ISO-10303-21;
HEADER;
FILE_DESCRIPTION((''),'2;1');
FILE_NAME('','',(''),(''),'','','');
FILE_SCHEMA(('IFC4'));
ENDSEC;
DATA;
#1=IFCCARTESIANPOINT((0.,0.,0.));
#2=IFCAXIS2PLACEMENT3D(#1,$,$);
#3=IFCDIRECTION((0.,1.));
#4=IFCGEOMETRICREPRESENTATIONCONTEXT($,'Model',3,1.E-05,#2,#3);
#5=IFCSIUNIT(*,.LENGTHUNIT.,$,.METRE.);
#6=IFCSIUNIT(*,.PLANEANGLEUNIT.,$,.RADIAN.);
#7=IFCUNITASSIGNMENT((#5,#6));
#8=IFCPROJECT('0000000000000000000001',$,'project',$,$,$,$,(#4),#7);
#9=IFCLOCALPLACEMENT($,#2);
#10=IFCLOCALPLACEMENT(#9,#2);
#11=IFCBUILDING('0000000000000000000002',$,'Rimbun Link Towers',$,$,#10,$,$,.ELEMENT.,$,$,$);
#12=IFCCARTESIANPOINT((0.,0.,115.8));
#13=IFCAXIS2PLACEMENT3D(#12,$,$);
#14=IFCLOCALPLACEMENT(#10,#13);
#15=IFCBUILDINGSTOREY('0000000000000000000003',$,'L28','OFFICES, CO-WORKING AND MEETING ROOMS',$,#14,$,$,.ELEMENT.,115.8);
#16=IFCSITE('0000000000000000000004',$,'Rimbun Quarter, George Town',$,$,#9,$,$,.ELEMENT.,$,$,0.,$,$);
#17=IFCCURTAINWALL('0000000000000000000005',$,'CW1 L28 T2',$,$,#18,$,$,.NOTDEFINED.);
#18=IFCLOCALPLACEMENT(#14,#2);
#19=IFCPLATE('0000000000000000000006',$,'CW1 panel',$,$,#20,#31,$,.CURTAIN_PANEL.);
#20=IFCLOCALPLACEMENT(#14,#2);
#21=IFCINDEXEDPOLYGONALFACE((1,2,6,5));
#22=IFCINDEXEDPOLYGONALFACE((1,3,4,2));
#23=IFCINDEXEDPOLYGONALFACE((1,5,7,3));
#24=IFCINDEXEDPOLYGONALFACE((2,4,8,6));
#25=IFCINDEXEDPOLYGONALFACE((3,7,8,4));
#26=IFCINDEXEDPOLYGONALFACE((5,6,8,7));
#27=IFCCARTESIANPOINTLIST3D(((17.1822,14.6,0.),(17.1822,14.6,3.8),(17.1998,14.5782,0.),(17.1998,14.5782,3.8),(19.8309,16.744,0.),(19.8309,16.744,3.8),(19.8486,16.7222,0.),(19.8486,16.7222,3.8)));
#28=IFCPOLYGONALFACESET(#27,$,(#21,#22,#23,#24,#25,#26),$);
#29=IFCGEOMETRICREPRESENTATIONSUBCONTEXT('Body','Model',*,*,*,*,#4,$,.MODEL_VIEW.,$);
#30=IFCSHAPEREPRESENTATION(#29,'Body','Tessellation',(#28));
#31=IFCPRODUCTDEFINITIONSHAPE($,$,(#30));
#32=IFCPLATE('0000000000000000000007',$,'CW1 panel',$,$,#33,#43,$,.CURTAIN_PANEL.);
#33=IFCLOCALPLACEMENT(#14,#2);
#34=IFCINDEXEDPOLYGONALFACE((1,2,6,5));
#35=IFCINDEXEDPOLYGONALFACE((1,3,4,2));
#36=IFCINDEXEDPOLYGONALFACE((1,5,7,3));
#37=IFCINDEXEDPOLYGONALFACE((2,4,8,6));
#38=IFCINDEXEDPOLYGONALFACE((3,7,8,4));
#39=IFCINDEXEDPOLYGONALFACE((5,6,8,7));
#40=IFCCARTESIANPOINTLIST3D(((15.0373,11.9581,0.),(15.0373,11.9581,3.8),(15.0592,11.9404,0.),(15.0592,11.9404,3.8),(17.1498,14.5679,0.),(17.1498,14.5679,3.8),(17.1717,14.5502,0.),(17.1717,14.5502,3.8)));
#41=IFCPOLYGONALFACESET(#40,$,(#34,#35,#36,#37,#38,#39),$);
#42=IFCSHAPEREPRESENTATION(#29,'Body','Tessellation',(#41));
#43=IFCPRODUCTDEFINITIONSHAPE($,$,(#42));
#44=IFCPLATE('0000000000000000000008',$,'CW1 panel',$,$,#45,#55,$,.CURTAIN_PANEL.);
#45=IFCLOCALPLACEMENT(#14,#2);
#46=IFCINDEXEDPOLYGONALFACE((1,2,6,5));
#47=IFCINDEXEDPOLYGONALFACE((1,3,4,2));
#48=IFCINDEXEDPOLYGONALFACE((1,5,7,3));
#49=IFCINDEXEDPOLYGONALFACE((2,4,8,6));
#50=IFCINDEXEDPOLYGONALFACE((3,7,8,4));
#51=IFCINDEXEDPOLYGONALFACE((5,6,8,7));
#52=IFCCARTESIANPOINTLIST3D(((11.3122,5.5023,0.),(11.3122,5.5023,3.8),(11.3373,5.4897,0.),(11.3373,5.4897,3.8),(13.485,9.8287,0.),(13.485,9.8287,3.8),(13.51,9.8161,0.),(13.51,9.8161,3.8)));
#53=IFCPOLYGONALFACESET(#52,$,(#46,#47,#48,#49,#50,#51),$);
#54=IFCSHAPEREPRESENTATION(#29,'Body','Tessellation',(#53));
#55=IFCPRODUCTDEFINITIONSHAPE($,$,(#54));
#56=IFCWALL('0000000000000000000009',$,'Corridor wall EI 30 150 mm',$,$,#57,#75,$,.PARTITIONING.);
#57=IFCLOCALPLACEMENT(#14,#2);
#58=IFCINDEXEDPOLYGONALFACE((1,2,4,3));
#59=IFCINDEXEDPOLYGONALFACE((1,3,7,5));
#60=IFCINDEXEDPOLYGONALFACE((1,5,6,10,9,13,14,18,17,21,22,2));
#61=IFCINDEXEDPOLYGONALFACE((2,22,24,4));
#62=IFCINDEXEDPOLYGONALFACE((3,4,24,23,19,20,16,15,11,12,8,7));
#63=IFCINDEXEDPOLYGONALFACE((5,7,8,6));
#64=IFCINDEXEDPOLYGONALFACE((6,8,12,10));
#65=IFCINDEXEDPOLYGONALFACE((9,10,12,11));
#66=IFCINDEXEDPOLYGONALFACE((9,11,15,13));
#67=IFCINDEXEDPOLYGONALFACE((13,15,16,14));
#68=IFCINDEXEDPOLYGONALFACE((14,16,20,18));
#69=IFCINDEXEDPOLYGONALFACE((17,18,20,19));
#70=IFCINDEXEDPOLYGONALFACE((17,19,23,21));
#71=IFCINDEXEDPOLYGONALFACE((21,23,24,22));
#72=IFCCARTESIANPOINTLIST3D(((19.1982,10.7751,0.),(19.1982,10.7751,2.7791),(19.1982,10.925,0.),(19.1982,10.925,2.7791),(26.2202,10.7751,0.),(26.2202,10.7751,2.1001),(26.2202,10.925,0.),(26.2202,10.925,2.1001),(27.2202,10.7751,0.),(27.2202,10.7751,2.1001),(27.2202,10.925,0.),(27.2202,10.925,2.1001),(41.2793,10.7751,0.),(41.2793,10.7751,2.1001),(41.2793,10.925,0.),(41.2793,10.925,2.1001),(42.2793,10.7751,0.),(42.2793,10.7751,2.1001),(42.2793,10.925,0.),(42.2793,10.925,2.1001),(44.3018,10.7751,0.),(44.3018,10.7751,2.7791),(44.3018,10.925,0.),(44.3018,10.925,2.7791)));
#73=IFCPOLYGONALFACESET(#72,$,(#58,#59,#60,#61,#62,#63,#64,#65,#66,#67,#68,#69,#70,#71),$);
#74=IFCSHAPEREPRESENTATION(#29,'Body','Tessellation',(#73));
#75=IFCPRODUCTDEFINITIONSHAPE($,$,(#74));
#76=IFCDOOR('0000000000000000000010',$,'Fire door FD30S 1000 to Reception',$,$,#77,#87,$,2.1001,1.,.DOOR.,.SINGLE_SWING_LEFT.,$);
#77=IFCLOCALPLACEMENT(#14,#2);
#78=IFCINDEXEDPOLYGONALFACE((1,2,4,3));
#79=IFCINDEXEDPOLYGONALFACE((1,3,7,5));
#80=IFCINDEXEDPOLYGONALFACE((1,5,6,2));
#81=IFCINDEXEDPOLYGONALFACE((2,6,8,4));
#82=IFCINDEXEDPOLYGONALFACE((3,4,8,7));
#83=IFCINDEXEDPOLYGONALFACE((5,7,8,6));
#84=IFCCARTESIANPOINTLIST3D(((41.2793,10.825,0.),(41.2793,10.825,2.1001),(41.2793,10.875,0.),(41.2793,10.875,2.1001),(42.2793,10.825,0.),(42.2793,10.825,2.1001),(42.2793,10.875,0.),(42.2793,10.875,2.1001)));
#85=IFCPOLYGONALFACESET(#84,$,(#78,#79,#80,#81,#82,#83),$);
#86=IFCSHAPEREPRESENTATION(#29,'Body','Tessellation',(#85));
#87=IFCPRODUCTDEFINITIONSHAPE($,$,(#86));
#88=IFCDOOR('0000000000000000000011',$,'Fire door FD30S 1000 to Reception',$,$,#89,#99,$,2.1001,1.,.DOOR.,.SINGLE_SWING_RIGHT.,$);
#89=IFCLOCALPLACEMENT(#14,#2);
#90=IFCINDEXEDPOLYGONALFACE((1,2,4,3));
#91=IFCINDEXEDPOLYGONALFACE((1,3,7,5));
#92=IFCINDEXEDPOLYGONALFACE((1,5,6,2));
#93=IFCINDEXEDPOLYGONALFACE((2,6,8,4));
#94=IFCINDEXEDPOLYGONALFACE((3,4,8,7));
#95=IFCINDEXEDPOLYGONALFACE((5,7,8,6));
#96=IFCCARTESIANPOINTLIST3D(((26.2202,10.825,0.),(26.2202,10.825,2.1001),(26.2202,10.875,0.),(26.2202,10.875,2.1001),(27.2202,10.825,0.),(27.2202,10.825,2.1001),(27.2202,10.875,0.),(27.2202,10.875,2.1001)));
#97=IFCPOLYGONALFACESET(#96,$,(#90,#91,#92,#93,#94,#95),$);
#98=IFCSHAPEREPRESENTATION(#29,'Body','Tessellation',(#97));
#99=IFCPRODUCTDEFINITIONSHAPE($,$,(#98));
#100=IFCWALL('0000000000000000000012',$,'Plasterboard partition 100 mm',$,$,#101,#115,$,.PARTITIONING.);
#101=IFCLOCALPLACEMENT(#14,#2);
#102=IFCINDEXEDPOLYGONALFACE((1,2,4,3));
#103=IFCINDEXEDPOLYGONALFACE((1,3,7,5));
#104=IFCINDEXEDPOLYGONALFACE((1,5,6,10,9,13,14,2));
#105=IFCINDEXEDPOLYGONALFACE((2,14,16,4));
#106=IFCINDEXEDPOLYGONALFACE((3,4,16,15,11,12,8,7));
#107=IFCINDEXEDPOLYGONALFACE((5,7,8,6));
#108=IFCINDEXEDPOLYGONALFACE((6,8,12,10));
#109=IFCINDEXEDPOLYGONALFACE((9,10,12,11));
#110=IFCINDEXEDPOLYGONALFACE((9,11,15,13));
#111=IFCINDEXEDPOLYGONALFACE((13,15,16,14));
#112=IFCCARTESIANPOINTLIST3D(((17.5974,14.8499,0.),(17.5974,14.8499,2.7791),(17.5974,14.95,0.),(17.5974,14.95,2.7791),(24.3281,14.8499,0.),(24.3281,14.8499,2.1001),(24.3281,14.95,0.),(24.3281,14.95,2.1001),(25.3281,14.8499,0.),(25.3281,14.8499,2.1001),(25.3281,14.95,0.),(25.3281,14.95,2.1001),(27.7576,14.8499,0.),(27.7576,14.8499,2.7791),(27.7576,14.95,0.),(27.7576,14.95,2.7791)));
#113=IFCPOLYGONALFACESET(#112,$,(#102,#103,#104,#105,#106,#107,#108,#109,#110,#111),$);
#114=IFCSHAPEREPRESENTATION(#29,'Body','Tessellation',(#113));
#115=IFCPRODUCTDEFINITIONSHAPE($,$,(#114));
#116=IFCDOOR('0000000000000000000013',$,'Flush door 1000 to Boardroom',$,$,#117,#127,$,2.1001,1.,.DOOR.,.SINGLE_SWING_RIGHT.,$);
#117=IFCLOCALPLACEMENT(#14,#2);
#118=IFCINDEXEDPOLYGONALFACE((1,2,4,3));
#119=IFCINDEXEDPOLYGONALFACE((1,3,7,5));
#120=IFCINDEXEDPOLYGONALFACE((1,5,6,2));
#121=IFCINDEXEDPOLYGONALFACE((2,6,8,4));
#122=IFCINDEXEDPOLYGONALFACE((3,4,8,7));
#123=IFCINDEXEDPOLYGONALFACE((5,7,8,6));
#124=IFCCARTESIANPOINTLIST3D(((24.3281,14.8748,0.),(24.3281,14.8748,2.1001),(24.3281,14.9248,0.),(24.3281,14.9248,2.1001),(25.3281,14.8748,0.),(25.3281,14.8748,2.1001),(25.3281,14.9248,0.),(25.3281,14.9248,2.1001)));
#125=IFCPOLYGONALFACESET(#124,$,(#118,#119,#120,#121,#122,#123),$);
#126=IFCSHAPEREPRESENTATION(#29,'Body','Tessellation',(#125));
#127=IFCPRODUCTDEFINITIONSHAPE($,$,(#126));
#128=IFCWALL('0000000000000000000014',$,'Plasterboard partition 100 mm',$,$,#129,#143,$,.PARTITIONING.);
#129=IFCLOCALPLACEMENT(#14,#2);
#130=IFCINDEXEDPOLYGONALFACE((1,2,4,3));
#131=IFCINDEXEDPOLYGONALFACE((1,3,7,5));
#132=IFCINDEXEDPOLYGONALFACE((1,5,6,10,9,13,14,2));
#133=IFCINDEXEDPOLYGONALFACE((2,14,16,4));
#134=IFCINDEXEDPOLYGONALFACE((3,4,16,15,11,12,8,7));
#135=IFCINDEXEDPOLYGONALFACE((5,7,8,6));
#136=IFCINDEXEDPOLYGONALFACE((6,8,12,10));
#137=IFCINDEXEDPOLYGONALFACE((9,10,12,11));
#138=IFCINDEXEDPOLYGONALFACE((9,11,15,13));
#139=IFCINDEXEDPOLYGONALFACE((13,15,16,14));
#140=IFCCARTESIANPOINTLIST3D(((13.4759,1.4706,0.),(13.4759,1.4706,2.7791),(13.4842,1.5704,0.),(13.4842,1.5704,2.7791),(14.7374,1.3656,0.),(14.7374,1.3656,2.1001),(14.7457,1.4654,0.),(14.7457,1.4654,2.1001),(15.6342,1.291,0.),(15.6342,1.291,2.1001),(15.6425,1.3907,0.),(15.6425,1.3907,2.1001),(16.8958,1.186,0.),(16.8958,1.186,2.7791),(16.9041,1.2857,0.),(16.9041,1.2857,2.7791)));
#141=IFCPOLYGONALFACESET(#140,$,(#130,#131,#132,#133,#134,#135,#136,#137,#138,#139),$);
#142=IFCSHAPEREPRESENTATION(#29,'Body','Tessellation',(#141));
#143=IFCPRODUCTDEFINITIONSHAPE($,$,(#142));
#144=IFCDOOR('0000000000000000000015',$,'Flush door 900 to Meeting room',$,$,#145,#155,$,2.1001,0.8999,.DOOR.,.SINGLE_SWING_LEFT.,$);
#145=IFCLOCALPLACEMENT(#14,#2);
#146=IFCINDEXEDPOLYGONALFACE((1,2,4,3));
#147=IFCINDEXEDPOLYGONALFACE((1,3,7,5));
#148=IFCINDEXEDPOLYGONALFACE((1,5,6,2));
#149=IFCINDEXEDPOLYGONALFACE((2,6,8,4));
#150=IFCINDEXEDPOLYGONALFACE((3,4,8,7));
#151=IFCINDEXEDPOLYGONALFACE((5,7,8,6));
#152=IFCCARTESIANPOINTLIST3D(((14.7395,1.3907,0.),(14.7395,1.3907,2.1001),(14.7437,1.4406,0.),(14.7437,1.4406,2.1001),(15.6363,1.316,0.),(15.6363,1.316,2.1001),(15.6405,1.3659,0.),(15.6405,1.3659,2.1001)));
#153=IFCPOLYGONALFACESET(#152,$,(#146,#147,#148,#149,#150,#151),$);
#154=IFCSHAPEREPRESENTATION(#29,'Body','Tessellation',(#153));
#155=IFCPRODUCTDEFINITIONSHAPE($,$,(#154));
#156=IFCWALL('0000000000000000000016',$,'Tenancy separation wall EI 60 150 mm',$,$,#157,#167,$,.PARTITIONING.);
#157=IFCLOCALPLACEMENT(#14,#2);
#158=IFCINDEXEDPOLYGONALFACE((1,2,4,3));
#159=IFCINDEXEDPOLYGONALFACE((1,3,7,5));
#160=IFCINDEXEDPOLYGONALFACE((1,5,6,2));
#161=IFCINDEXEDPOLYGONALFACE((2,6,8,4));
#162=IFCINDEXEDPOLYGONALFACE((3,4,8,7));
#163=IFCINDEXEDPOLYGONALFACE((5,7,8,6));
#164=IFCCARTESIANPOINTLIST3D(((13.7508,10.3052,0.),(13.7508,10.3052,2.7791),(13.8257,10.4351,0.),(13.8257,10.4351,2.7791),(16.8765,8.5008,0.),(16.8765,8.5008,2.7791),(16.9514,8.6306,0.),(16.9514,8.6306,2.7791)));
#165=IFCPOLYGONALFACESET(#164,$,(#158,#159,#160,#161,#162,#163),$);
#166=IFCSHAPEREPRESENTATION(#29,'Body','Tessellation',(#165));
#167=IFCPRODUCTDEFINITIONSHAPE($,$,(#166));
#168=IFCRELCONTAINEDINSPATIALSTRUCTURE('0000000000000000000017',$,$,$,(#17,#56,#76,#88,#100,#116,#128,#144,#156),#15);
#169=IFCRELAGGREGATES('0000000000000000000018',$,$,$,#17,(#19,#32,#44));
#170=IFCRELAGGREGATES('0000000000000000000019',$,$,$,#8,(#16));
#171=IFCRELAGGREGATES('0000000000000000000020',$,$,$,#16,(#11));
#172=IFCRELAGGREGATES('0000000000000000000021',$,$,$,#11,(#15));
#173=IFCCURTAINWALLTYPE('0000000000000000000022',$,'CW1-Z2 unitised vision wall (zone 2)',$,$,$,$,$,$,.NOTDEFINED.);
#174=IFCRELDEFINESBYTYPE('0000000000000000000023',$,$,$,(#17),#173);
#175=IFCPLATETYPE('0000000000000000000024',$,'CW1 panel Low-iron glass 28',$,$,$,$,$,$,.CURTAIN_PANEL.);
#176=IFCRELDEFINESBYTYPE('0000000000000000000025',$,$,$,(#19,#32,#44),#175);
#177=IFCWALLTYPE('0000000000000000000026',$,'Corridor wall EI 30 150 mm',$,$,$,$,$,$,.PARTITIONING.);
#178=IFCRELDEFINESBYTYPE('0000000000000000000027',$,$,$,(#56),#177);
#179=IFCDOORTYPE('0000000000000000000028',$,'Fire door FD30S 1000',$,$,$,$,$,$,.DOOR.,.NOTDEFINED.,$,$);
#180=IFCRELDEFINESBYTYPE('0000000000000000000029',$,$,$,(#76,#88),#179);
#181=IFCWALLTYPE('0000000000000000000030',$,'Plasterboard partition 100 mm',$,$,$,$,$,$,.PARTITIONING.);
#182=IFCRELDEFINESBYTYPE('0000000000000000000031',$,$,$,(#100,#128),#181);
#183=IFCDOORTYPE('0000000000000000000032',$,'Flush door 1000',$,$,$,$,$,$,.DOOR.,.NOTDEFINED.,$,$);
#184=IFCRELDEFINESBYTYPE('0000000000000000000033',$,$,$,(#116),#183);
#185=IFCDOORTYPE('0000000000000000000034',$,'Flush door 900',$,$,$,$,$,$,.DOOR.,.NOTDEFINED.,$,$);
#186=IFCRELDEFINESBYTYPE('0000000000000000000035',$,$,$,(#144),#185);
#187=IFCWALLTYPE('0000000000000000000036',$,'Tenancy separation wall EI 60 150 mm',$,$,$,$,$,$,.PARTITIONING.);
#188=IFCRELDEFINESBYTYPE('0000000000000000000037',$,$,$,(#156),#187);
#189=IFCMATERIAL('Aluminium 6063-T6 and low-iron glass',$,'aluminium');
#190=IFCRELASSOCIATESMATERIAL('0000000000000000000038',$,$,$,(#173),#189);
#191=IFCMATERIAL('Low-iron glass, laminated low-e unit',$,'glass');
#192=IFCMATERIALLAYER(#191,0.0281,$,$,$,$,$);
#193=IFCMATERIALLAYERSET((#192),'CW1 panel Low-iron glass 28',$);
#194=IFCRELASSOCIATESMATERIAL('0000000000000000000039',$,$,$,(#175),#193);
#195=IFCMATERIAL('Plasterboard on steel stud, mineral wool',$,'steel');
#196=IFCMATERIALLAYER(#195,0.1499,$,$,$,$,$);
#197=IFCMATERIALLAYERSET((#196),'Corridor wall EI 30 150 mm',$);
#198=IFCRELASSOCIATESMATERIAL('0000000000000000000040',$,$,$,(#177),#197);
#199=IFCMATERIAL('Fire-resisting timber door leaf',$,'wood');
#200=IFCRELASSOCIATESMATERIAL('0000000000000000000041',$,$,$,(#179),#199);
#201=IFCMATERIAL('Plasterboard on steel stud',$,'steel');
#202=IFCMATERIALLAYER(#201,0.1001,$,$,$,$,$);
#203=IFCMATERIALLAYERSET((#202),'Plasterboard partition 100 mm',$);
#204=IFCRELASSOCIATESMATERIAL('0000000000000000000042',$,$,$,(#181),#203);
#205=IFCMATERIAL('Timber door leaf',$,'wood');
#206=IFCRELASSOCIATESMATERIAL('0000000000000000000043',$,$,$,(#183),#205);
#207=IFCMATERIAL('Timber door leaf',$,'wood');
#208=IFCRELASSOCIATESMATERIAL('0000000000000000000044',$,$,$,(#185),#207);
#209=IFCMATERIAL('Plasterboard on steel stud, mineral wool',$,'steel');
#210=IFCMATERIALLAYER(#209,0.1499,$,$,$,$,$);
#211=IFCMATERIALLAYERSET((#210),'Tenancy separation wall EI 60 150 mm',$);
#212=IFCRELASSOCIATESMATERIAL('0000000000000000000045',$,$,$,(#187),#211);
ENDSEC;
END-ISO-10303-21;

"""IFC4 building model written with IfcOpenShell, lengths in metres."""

from ifc_helpers import new_model, si_unit, direction, frame, frame_2d, origin, origin_2d, place, context, subcontext, project, spatial, rectangle, extrude, material, layer, layer_set, type_object, element, fill, aggregate, save


model = new_model("IFC4")

# Units and contexts
model_context = context("Model", 3, precision=1e-05, world=origin(), true_north=direction((0.0, 1.0)))
body_context = subcontext(model_context, "Body", "Model", "MODEL_VIEW")
ifc_project = project(units=[si_unit("LENGTHUNIT", "METRE"), si_unit("PLANEANGLEUNIT", "RADIAN")], contexts=[model_context])

# Site, building, storey
site_placement = place(None, origin())
site = spatial("IfcSite", under=ifc_project, at=site_placement, Name="Rimbun Quarter, George Town", CompositionType="ELEMENT", RefElevation=0.0)
building_placement = place(site_placement, origin())
building = spatial("IfcBuilding", under=site, at=building_placement, Name="Rimbun Link Towers", CompositionType="ELEMENT")
storey_placement = place(building_placement, frame((0.0, 0.0, 115.8)))
storey = spatial("IfcBuildingStorey", under=building, at=storey_placement, Name="L28", Description="OFFICES, CO-WORKING AND MEETING ROOMS", CompositionType="ELEMENT", Elevation=115.8)

# Curtain wall
ifc_material_1 = material(Name="Aluminium 6063-T6 and low-iron glass", Category="aluminium")
curtain_wall_type = type_object("IfcCurtainWallType", Name="CW1-Z2 unitised vision wall (zone 2)", PredefinedType="NOTDEFINED", material=ifc_material_1)
curtain_wall_placement = place(storey_placement, origin())
curtain_wall = element("IfcCurtainWall", 1, at=curtain_wall_placement, inside=storey, type_object=curtain_wall_type, Name="CW1 L28 T2", PredefinedType="NOTDEFINED")

# Plates
ifc_material_2 = material(Name="Low-iron glass, laminated low-e unit", Category="glass")
ifc_layer_1 = layer(ifc_material_2, 0.0281)
ifc_layer_set_1 = layer_set([ifc_layer_1], Name="CW1 panel Low-iron glass 28")
plate_type = type_object("IfcPlateType", Name="CW1 panel Low-iron glass 28", PredefinedType="CURTAIN_PANEL", material=ifc_layer_set_1)
plate_1_placement = place(storey_placement, frame((18.5154, 15.6611, 0.0), z_axis=(0.0, 0.0, 1.0), x_axis=(0.777277, 0.629158, 0.0)))
plate_1 = element("IfcPlate", 2, at=plate_1_placement, type_object=plate_type, Name="CW1 panel", PredefinedType="CURTAIN_PANEL", context=body_context, shape_type="SweptSolid", body=[
    extrude(rectangle(XDim=3.4077, YDim=0.0281, at=origin_2d()), origin(), (0.0, 0.0, 1.0), 3.8),
])
plate_2_placement = place(storey_placement, frame((16.1045, 13.2542, 0.0), z_axis=(0.0, 0.0, 1.0), x_axis=(0.629158, 0.777277, 0.0)))
plate_2 = element("IfcPlate", 3, at=plate_2_placement, type_object=plate_type, Name="CW1 panel", PredefinedType="CURTAIN_PANEL", context=body_context, shape_type="SweptSolid", body=[
    extrude(rectangle(XDim=3.3577, YDim=0.0281, at=origin_2d()), origin(), (0.0, 0.0, 1.0), 3.8),
])
plate_3_placement = place(storey_placement, frame((12.4111, 7.6592, 0.0), z_axis=(0.0, 0.0, 1.0), x_axis=(0.448789, 0.893638, 0.0)))
plate_3 = element("IfcPlate", 4, at=plate_3_placement, type_object=plate_type, Name="CW1 panel", PredefinedType="CURTAIN_PANEL", context=body_context, shape_type="SweptSolid", body=[
    extrude(rectangle(XDim=4.8413, YDim=0.0281, at=origin_2d()), origin(), (0.0, 0.0, 1.0), 3.8),
])
aggregate(curtain_wall, [plate_1, plate_2, plate_3])

# Wall, openings, doors
ifc_material_3 = material(Name="Plasterboard on steel stud, mineral wool", Category="steel")
ifc_layer_2 = layer(ifc_material_3, 0.1499)
ifc_layer_set_2 = layer_set([ifc_layer_2], Name="Corridor wall EI 30 150 mm")
wall_type_1 = type_object("IfcWallType", Name="Corridor wall EI 30 150 mm", PredefinedType="PARTITIONING", material=ifc_layer_set_2)
wall_1_placement = place(storey_placement, frame((19.1982, 10.8501, 0.0), z_axis=(0.0, 0.0, 1.0), x_axis=(1.0, 0.0, 0.0)))
wall_1 = element("IfcWall", 5, at=wall_1_placement, inside=storey, type_object=wall_type_1, Name="Corridor wall EI 30 150 mm", PredefinedType="PARTITIONING", context=body_context, shape_type="SweptSolid", body=[
    extrude(rectangle(XDim=25.1035, YDim=0.1499, at=frame_2d((12.5518, 0.0))), origin(), (0.0, 0.0, 1.0), 2.7791),
])
opening_1_placement = place(wall_1_placement, frame((22.0811, 0.0, 0.0)))
opening_1 = element("IfcOpeningElement", 6, at=opening_1_placement, cuts=wall_1, PredefinedType="OPENING", context=body_context, shape_type="SweptSolid", body=[
    extrude(rectangle(XDim=1.0, YDim=2.1001, at=frame_2d((0.5, 1.05))), frame((0.0, 0.085, 0.0), z_axis=(0.0, -1.0, 0.0), x_axis=(1.0, 0.0, 0.0)), (0.0, 0.0, 1.0), 0.1699),
])
opening_2_placement = place(wall_1_placement, frame((7.022, 0.0, 0.0)))
opening_2 = element("IfcOpeningElement", 7, at=opening_2_placement, cuts=wall_1, PredefinedType="OPENING", context=body_context, shape_type="SweptSolid", body=[
    extrude(rectangle(XDim=1.0, YDim=2.1001, at=frame_2d((0.5, 1.05))), frame((0.0, 0.085, 0.0), z_axis=(0.0, -1.0, 0.0), x_axis=(1.0, 0.0, 0.0)), (0.0, 0.0, 1.0), 0.1699),
])
ifc_material_4 = material(Name="Fire-resisting timber door leaf", Category="wood")
door_type_1 = type_object("IfcDoorType", Name="Fire door FD30S 1000", OperationType="NOTDEFINED", PredefinedType="DOOR", material=ifc_material_4)
door_1_placement = place(opening_1_placement, origin())
door_1 = element("IfcDoor", 8, at=door_1_placement, inside=storey, type_object=door_type_1, Name="Fire door FD30S 1000 to Reception", OperationType="SINGLE_SWING_LEFT", OverallHeight=2.1001, OverallWidth=1.0, PredefinedType="DOOR", context=body_context, shape_type="SweptSolid", body=[
    extrude(rectangle(XDim=1.0, YDim=2.1001, at=frame_2d((0.5, 1.05))), frame((0.0, 0.0249, 0.0), z_axis=(0.0, -1.0, 0.0), x_axis=(1.0, 0.0, 0.0)), (0.0, 0.0, 1.0), 0.05),
])
fill(opening_1, door_1)
door_2_placement = place(opening_2_placement, origin())
door_2 = element("IfcDoor", 9, at=door_2_placement, inside=storey, type_object=door_type_1, Name="Fire door FD30S 1000 to Reception", OperationType="SINGLE_SWING_RIGHT", OverallHeight=2.1001, OverallWidth=1.0, PredefinedType="DOOR", context=body_context, shape_type="SweptSolid", body=[
    extrude(rectangle(XDim=1.0, YDim=2.1001, at=frame_2d((0.5, 1.05))), frame((0.0, 0.0249, 0.0), z_axis=(0.0, -1.0, 0.0), x_axis=(1.0, 0.0, 0.0)), (0.0, 0.0, 1.0), 0.05),
])
fill(opening_2, door_2)

# Walls, openings, doors
ifc_material_5 = material(Name="Plasterboard on steel stud", Category="steel")
ifc_layer_3 = layer(ifc_material_5, 0.1001)
ifc_layer_set_3 = layer_set([ifc_layer_3], Name="Plasterboard partition 100 mm")
wall_type_2 = type_object("IfcWallType", Name="Plasterboard partition 100 mm", PredefinedType="PARTITIONING", material=ifc_layer_set_3)
wall_2_placement = place(storey_placement, frame((17.5974, 14.8999, 0.0), z_axis=(0.0, 0.0, 1.0), x_axis=(1.0, 0.0, 0.0)))
wall_2 = element("IfcWall", 10, at=wall_2_placement, inside=storey, type_object=wall_type_2, Name="Plasterboard partition 100 mm", PredefinedType="PARTITIONING", context=body_context, shape_type="SweptSolid", body=[
    extrude(rectangle(XDim=10.1602, YDim=0.1001, at=frame_2d((5.0801, 0.0))), origin(), (0.0, 0.0, 1.0), 2.7791),
])
opening_3_placement = place(wall_2_placement, frame((6.7307, 0.0, 0.0)))
opening_3 = element("IfcOpeningElement", 11, at=opening_3_placement, cuts=wall_2, PredefinedType="OPENING", context=body_context, shape_type="SweptSolid", body=[
    extrude(rectangle(XDim=1.0, YDim=2.1001, at=frame_2d((0.5, 1.05))), frame((0.0, 0.0601, 0.0), z_axis=(0.0, -1.0, 0.0), x_axis=(1.0, 0.0, 0.0)), (0.0, 0.0, 1.0), 0.1201),
])
ifc_material_6 = material(Name="Timber door leaf", Category="wood")
door_type_2 = type_object("IfcDoorType", Name="Flush door 1000", OperationType="NOTDEFINED", PredefinedType="DOOR", material=ifc_material_6)
door_3_placement = place(opening_3_placement, origin())
door_3 = element("IfcDoor", 12, at=door_3_placement, inside=storey, type_object=door_type_2, Name="Flush door 1000 to Boardroom", OperationType="SINGLE_SWING_RIGHT", OverallHeight=2.1001, OverallWidth=1.0, PredefinedType="DOOR", context=body_context, shape_type="SweptSolid", body=[
    extrude(rectangle(XDim=1.0, YDim=2.1001, at=frame_2d((0.5, 1.05))), frame((0.0, 0.0249, 0.0), z_axis=(0.0, -1.0, 0.0), x_axis=(1.0, 0.0, 0.0)), (0.0, 0.0, 1.0), 0.05),
])
fill(opening_3, door_3)
wall_3_placement = place(storey_placement, frame((16.8999, 1.2358, 0.0), z_axis=(0.0, 0.0, 1.0), x_axis=(-0.996554, 0.082951, 0.0)))
wall_3 = element("IfcWall", 13, at=wall_3_placement, inside=storey, type_object=wall_type_2, Name="Plasterboard partition 100 mm", PredefinedType="PARTITIONING", context=body_context, shape_type="SweptSolid", body=[
    extrude(rectangle(XDim=3.4316, YDim=0.1001, at=frame_2d((1.7158, 0.0))), origin(), (0.0, 0.0, 1.0), 2.7791),
])
opening_4_placement = place(wall_3_placement, frame((1.2659, 0.0, 0.0)))
opening_4 = element("IfcOpeningElement", 14, at=opening_4_placement, cuts=wall_3, PredefinedType="OPENING", context=body_context, shape_type="SweptSolid", body=[
    extrude(rectangle(XDim=0.8999, YDim=2.1001, at=frame_2d((0.45, 1.05))), frame((0.0, 0.0601, 0.0), z_axis=(0.0, -1.0, 0.0), x_axis=(1.0, 0.0, 0.0)), (0.0, 0.0, 1.0), 0.1201),
])
ifc_material_7 = material(Name="Timber door leaf", Category="wood")
door_type_3 = type_object("IfcDoorType", Name="Flush door 900", OperationType="NOTDEFINED", PredefinedType="DOOR", material=ifc_material_7)
door_4_placement = place(opening_4_placement, origin())
door_4 = element("IfcDoor", 15, at=door_4_placement, inside=storey, type_object=door_type_3, Name="Flush door 900 to Meeting room", OperationType="SINGLE_SWING_LEFT", OverallHeight=2.1001, OverallWidth=0.8999, PredefinedType="DOOR", context=body_context, shape_type="SweptSolid", body=[
    extrude(rectangle(XDim=0.8999, YDim=2.1001, at=frame_2d((0.45, 1.05))), frame((0.0, 0.0249, 0.0), z_axis=(0.0, -1.0, 0.0), x_axis=(1.0, 0.0, 0.0)), (0.0, 0.0, 1.0), 0.05),
])
fill(opening_4, door_4)

# Wall
ifc_material_8 = material(Name="Plasterboard on steel stud, mineral wool", Category="steel")
ifc_layer_4 = layer(ifc_material_8, 0.1499)
ifc_layer_set_4 = layer_set([ifc_layer_4], Name="Tenancy separation wall EI 60 150 mm")
wall_type_3 = type_object("IfcWallType", Name="Tenancy separation wall EI 60 150 mm", PredefinedType="PARTITIONING", material=ifc_layer_set_4)
wall_4_placement = place(storey_placement, frame((16.9141, 8.5657, 0.0), z_axis=(0.0, 0.0, 1.0), x_axis=(-0.866049, 0.499959, 0.0)))
element("IfcWall", 16, at=wall_4_placement, inside=storey, type_object=wall_type_3, Name="Tenancy separation wall EI 60 150 mm", PredefinedType="PARTITIONING", context=body_context, shape_type="SweptSolid", body=[
    extrude(rectangle(XDim=3.6091, YDim=0.1499, at=frame_2d((1.8047, 0.0))), origin(), (0.0, 0.0, 1.0), 2.7791),
])

save(model, "model.ifc")
